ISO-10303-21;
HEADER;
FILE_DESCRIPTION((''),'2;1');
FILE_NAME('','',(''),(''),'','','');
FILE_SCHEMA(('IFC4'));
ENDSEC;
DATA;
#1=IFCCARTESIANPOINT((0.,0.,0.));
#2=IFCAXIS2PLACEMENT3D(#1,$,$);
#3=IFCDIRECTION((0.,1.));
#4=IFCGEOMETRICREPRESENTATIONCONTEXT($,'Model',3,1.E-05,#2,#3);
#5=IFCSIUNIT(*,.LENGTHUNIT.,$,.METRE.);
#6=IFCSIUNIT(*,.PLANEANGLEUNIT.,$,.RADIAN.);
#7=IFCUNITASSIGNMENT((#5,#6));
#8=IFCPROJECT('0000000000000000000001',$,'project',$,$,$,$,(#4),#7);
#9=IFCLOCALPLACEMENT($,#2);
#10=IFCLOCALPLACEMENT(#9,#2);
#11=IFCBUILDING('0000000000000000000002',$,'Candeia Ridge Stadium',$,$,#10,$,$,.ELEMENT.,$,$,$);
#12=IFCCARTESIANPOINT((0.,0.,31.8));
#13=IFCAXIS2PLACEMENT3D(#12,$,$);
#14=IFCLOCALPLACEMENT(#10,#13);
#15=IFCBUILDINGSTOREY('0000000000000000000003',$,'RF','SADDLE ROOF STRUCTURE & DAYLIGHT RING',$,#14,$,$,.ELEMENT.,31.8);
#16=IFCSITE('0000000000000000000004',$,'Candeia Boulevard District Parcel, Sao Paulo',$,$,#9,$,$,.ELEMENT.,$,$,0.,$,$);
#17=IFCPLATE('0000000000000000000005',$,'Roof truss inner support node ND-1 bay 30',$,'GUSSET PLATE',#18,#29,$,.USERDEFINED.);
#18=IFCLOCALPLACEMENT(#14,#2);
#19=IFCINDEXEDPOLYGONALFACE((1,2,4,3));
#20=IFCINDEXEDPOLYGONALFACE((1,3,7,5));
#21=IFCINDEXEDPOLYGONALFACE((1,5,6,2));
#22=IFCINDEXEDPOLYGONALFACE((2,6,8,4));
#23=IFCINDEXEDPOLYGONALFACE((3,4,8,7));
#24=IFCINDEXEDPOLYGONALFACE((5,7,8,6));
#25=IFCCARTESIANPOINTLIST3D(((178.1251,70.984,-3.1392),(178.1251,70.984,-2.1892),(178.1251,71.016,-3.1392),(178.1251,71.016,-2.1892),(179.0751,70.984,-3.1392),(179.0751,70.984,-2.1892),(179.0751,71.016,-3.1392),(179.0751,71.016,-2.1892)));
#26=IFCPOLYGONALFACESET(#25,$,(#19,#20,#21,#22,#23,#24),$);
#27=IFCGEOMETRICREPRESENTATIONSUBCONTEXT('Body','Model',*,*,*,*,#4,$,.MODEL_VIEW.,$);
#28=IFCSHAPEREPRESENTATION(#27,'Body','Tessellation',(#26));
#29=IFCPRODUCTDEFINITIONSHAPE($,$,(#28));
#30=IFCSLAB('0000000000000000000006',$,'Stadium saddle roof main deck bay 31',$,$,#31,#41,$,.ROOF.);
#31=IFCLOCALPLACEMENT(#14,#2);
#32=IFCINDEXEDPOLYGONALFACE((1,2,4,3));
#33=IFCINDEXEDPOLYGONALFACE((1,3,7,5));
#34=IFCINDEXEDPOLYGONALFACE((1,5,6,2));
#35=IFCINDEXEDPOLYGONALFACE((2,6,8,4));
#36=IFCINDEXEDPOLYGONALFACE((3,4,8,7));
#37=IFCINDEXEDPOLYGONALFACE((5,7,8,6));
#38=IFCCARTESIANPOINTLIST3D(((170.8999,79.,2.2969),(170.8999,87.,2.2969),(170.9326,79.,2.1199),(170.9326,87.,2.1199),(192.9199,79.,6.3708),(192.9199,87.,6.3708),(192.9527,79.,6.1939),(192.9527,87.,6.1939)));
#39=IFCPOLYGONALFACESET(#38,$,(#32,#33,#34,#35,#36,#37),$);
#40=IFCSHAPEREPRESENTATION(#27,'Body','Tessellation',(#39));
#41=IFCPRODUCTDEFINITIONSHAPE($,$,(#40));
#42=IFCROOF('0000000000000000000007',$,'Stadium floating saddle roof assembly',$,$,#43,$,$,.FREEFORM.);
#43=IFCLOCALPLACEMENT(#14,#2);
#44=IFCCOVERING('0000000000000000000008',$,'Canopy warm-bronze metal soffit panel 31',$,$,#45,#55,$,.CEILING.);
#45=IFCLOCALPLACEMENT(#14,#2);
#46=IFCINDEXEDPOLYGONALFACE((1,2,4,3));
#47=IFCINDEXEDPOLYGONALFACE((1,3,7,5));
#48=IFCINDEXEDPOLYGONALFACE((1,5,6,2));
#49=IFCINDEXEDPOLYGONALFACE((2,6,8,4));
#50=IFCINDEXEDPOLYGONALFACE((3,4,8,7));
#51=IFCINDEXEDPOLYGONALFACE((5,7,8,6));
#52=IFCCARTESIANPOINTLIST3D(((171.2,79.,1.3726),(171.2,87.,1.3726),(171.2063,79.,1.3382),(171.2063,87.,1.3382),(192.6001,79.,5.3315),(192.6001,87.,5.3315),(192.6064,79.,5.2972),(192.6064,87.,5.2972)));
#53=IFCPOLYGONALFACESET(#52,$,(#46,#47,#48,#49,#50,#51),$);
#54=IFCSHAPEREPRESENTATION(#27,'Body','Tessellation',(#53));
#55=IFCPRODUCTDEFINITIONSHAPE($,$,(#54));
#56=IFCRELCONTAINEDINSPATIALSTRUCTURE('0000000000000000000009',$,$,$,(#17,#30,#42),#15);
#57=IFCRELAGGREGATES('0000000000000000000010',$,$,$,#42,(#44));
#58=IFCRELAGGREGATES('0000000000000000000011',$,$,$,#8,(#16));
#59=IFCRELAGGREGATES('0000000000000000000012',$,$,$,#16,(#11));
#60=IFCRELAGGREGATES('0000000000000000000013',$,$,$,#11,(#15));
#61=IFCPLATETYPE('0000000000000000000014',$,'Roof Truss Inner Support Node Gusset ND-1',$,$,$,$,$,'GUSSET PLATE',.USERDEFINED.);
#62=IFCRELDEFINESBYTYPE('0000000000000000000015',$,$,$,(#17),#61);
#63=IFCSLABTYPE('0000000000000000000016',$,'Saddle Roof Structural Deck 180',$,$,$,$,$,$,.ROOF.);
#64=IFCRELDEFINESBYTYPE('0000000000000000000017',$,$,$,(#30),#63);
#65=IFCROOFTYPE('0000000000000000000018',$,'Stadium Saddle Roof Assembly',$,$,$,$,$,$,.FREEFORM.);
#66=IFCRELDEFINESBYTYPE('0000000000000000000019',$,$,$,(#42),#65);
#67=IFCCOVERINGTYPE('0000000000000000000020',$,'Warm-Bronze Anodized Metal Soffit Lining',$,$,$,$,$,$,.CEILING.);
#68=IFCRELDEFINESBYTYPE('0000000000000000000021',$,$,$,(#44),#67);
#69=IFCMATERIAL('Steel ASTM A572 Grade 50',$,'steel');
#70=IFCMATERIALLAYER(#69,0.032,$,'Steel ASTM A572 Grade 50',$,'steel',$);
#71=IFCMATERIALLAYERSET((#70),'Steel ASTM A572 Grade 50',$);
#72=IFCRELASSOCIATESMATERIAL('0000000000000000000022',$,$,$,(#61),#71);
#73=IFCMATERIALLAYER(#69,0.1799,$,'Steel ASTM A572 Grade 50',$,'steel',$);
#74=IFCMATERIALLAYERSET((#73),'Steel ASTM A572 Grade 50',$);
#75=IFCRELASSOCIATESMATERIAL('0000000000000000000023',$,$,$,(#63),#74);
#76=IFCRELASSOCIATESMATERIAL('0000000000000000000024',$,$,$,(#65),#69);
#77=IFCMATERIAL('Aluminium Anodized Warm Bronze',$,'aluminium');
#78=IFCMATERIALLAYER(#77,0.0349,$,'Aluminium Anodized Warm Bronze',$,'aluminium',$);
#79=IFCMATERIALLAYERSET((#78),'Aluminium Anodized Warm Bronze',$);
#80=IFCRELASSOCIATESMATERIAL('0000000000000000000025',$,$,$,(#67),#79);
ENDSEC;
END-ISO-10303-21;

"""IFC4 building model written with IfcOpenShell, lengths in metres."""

from ifc_helpers import new_model, si_unit, direction, frame, origin, origin_2d, place, context, subcontext, project, spatial, polyline, rectangle, outline, extrude, material, layer, layer_set, type_object, element, aggregate, save


model = new_model("IFC4")

# Units and contexts
model_context = context("Model", 3, precision=1e-05, world=origin(), true_north=direction((0.0, 1.0)))
body_context = subcontext(model_context, "Body", "Model", "MODEL_VIEW")
ifc_project = project(units=[si_unit("LENGTHUNIT", "METRE"), si_unit("PLANEANGLEUNIT", "RADIAN")], contexts=[model_context])

# Site, building, storey
site_placement = place(None, origin())
site = spatial("IfcSite", under=ifc_project, at=site_placement, Name="Candeia Boulevard District Parcel, Sao Paulo", CompositionType="ELEMENT", RefElevation=0.0)
building_placement = place(site_placement, origin())
building = spatial("IfcBuilding", under=site, at=building_placement, Name="Candeia Ridge Stadium", CompositionType="ELEMENT")
storey_placement = place(building_placement, frame((0.0, 0.0, 31.8)))
storey = spatial("IfcBuildingStorey", under=building, at=storey_placement, Name="RF", Description="SADDLE ROOF STRUCTURE & DAYLIGHT RING", CompositionType="ELEMENT", Elevation=31.8)

# Shared definitions
ifc_material_1 = material(Name="Steel ASTM A572 Grade 50", Category="steel")

# Plate
ifc_layer_1 = layer(ifc_material_1, 0.032, Name="Steel ASTM A572 Grade 50", Category="steel")
ifc_layer_set_1 = layer_set([ifc_layer_1], Name="Steel ASTM A572 Grade 50")
plate_type_1 = type_object("IfcPlateType", Name="Roof Truss Inner Support Node Gusset ND-1", ElementType="GUSSET PLATE", PredefinedType="USERDEFINED", material=ifc_layer_set_1)
plate_1_placement = place(storey_placement, frame((178.6001, 71.0, -3.1392), z_axis=(0.0, 0.0, 1.0), x_axis=(1.0, 0.0, 0.0)))
element("IfcPlate", 1, at=plate_1_placement, inside=storey, type_object=plate_type_1, Name="Roof truss inner support node ND-1 bay 30", ObjectType="GUSSET PLATE", PredefinedType="USERDEFINED", context=body_context, shape_type="SweptSolid", body=[
    extrude(rectangle(XDim=0.95, YDim=0.032, at=origin_2d()), origin(), (0.0, 0.0, 1.0), 0.95),
])

# Slab
ifc_layer_2 = layer(ifc_material_1, 0.1799, Name="Steel ASTM A572 Grade 50", Category="steel")
ifc_layer_set_2 = layer_set([ifc_layer_2], Name="Steel ASTM A572 Grade 50")
slab_type = type_object("IfcSlabType", Name="Saddle Roof Structural Deck 180", PredefinedType="ROOF", material=ifc_layer_set_2)
slab_placement = place(storey_placement, frame((170.8999, 79.0, 2.2969), z_axis=(-0.181925, 0.0, 0.983312), x_axis=(0.0, 1.0, 0.0)))
element("IfcSlab", 2, at=slab_placement, inside=storey, type_object=slab_type, Name="Stadium saddle roof main deck bay 31", PredefinedType="ROOF", context=body_context, shape_type="SweptSolid", body=[
    extrude(outline(polyline([(0.0, 0.0), (8.0, 0.0), (8.0, -22.3937), (0.0, -22.3937), (0.0, 0.0)])), origin(), (0.0, 0.0, -1.0), 0.1799),
])

# Roof, covering
roof_type = type_object("IfcRoofType", Name="Stadium Saddle Roof Assembly", PredefinedType="FREEFORM", material=ifc_material_1)
roof_placement = place(storey_placement, origin())
roof = element("IfcRoof", 3, at=roof_placement, inside=storey, type_object=roof_type, Name="Stadium floating saddle roof assembly", PredefinedType="FREEFORM")
ifc_material_2 = material(Name="Aluminium Anodized Warm Bronze", Category="aluminium")
ifc_layer_3 = layer(ifc_material_2, 0.0349, Name="Aluminium Anodized Warm Bronze", Category="aluminium")
ifc_layer_set_3 = layer_set([ifc_layer_3], Name="Aluminium Anodized Warm Bronze")
covering_type = type_object("IfcCoveringType", Name="Warm-Bronze Anodized Metal Soffit Lining", PredefinedType="CEILING", material=ifc_layer_set_3)
covering_placement = place(storey_placement, frame((171.2, 79.0, 1.3726), z_axis=(-0.181911, 0.0, 0.983315), x_axis=(0.0, 1.0, 0.0)))
covering = element("IfcCovering", 4, at=covering_placement, type_object=covering_type, Name="Canopy warm-bronze metal soffit panel 31", PredefinedType="CEILING", context=body_context, shape_type="SweptSolid", body=[
    extrude(outline(polyline([(0.0, 0.0), (8.0, 0.0), (8.0, -21.7633), (0.0, -21.7633), (0.0, 0.0)])), origin(), (0.0, 0.0, -1.0), 0.0349),
])
aggregate(roof, [covering])

save(model, "model.ifc")
